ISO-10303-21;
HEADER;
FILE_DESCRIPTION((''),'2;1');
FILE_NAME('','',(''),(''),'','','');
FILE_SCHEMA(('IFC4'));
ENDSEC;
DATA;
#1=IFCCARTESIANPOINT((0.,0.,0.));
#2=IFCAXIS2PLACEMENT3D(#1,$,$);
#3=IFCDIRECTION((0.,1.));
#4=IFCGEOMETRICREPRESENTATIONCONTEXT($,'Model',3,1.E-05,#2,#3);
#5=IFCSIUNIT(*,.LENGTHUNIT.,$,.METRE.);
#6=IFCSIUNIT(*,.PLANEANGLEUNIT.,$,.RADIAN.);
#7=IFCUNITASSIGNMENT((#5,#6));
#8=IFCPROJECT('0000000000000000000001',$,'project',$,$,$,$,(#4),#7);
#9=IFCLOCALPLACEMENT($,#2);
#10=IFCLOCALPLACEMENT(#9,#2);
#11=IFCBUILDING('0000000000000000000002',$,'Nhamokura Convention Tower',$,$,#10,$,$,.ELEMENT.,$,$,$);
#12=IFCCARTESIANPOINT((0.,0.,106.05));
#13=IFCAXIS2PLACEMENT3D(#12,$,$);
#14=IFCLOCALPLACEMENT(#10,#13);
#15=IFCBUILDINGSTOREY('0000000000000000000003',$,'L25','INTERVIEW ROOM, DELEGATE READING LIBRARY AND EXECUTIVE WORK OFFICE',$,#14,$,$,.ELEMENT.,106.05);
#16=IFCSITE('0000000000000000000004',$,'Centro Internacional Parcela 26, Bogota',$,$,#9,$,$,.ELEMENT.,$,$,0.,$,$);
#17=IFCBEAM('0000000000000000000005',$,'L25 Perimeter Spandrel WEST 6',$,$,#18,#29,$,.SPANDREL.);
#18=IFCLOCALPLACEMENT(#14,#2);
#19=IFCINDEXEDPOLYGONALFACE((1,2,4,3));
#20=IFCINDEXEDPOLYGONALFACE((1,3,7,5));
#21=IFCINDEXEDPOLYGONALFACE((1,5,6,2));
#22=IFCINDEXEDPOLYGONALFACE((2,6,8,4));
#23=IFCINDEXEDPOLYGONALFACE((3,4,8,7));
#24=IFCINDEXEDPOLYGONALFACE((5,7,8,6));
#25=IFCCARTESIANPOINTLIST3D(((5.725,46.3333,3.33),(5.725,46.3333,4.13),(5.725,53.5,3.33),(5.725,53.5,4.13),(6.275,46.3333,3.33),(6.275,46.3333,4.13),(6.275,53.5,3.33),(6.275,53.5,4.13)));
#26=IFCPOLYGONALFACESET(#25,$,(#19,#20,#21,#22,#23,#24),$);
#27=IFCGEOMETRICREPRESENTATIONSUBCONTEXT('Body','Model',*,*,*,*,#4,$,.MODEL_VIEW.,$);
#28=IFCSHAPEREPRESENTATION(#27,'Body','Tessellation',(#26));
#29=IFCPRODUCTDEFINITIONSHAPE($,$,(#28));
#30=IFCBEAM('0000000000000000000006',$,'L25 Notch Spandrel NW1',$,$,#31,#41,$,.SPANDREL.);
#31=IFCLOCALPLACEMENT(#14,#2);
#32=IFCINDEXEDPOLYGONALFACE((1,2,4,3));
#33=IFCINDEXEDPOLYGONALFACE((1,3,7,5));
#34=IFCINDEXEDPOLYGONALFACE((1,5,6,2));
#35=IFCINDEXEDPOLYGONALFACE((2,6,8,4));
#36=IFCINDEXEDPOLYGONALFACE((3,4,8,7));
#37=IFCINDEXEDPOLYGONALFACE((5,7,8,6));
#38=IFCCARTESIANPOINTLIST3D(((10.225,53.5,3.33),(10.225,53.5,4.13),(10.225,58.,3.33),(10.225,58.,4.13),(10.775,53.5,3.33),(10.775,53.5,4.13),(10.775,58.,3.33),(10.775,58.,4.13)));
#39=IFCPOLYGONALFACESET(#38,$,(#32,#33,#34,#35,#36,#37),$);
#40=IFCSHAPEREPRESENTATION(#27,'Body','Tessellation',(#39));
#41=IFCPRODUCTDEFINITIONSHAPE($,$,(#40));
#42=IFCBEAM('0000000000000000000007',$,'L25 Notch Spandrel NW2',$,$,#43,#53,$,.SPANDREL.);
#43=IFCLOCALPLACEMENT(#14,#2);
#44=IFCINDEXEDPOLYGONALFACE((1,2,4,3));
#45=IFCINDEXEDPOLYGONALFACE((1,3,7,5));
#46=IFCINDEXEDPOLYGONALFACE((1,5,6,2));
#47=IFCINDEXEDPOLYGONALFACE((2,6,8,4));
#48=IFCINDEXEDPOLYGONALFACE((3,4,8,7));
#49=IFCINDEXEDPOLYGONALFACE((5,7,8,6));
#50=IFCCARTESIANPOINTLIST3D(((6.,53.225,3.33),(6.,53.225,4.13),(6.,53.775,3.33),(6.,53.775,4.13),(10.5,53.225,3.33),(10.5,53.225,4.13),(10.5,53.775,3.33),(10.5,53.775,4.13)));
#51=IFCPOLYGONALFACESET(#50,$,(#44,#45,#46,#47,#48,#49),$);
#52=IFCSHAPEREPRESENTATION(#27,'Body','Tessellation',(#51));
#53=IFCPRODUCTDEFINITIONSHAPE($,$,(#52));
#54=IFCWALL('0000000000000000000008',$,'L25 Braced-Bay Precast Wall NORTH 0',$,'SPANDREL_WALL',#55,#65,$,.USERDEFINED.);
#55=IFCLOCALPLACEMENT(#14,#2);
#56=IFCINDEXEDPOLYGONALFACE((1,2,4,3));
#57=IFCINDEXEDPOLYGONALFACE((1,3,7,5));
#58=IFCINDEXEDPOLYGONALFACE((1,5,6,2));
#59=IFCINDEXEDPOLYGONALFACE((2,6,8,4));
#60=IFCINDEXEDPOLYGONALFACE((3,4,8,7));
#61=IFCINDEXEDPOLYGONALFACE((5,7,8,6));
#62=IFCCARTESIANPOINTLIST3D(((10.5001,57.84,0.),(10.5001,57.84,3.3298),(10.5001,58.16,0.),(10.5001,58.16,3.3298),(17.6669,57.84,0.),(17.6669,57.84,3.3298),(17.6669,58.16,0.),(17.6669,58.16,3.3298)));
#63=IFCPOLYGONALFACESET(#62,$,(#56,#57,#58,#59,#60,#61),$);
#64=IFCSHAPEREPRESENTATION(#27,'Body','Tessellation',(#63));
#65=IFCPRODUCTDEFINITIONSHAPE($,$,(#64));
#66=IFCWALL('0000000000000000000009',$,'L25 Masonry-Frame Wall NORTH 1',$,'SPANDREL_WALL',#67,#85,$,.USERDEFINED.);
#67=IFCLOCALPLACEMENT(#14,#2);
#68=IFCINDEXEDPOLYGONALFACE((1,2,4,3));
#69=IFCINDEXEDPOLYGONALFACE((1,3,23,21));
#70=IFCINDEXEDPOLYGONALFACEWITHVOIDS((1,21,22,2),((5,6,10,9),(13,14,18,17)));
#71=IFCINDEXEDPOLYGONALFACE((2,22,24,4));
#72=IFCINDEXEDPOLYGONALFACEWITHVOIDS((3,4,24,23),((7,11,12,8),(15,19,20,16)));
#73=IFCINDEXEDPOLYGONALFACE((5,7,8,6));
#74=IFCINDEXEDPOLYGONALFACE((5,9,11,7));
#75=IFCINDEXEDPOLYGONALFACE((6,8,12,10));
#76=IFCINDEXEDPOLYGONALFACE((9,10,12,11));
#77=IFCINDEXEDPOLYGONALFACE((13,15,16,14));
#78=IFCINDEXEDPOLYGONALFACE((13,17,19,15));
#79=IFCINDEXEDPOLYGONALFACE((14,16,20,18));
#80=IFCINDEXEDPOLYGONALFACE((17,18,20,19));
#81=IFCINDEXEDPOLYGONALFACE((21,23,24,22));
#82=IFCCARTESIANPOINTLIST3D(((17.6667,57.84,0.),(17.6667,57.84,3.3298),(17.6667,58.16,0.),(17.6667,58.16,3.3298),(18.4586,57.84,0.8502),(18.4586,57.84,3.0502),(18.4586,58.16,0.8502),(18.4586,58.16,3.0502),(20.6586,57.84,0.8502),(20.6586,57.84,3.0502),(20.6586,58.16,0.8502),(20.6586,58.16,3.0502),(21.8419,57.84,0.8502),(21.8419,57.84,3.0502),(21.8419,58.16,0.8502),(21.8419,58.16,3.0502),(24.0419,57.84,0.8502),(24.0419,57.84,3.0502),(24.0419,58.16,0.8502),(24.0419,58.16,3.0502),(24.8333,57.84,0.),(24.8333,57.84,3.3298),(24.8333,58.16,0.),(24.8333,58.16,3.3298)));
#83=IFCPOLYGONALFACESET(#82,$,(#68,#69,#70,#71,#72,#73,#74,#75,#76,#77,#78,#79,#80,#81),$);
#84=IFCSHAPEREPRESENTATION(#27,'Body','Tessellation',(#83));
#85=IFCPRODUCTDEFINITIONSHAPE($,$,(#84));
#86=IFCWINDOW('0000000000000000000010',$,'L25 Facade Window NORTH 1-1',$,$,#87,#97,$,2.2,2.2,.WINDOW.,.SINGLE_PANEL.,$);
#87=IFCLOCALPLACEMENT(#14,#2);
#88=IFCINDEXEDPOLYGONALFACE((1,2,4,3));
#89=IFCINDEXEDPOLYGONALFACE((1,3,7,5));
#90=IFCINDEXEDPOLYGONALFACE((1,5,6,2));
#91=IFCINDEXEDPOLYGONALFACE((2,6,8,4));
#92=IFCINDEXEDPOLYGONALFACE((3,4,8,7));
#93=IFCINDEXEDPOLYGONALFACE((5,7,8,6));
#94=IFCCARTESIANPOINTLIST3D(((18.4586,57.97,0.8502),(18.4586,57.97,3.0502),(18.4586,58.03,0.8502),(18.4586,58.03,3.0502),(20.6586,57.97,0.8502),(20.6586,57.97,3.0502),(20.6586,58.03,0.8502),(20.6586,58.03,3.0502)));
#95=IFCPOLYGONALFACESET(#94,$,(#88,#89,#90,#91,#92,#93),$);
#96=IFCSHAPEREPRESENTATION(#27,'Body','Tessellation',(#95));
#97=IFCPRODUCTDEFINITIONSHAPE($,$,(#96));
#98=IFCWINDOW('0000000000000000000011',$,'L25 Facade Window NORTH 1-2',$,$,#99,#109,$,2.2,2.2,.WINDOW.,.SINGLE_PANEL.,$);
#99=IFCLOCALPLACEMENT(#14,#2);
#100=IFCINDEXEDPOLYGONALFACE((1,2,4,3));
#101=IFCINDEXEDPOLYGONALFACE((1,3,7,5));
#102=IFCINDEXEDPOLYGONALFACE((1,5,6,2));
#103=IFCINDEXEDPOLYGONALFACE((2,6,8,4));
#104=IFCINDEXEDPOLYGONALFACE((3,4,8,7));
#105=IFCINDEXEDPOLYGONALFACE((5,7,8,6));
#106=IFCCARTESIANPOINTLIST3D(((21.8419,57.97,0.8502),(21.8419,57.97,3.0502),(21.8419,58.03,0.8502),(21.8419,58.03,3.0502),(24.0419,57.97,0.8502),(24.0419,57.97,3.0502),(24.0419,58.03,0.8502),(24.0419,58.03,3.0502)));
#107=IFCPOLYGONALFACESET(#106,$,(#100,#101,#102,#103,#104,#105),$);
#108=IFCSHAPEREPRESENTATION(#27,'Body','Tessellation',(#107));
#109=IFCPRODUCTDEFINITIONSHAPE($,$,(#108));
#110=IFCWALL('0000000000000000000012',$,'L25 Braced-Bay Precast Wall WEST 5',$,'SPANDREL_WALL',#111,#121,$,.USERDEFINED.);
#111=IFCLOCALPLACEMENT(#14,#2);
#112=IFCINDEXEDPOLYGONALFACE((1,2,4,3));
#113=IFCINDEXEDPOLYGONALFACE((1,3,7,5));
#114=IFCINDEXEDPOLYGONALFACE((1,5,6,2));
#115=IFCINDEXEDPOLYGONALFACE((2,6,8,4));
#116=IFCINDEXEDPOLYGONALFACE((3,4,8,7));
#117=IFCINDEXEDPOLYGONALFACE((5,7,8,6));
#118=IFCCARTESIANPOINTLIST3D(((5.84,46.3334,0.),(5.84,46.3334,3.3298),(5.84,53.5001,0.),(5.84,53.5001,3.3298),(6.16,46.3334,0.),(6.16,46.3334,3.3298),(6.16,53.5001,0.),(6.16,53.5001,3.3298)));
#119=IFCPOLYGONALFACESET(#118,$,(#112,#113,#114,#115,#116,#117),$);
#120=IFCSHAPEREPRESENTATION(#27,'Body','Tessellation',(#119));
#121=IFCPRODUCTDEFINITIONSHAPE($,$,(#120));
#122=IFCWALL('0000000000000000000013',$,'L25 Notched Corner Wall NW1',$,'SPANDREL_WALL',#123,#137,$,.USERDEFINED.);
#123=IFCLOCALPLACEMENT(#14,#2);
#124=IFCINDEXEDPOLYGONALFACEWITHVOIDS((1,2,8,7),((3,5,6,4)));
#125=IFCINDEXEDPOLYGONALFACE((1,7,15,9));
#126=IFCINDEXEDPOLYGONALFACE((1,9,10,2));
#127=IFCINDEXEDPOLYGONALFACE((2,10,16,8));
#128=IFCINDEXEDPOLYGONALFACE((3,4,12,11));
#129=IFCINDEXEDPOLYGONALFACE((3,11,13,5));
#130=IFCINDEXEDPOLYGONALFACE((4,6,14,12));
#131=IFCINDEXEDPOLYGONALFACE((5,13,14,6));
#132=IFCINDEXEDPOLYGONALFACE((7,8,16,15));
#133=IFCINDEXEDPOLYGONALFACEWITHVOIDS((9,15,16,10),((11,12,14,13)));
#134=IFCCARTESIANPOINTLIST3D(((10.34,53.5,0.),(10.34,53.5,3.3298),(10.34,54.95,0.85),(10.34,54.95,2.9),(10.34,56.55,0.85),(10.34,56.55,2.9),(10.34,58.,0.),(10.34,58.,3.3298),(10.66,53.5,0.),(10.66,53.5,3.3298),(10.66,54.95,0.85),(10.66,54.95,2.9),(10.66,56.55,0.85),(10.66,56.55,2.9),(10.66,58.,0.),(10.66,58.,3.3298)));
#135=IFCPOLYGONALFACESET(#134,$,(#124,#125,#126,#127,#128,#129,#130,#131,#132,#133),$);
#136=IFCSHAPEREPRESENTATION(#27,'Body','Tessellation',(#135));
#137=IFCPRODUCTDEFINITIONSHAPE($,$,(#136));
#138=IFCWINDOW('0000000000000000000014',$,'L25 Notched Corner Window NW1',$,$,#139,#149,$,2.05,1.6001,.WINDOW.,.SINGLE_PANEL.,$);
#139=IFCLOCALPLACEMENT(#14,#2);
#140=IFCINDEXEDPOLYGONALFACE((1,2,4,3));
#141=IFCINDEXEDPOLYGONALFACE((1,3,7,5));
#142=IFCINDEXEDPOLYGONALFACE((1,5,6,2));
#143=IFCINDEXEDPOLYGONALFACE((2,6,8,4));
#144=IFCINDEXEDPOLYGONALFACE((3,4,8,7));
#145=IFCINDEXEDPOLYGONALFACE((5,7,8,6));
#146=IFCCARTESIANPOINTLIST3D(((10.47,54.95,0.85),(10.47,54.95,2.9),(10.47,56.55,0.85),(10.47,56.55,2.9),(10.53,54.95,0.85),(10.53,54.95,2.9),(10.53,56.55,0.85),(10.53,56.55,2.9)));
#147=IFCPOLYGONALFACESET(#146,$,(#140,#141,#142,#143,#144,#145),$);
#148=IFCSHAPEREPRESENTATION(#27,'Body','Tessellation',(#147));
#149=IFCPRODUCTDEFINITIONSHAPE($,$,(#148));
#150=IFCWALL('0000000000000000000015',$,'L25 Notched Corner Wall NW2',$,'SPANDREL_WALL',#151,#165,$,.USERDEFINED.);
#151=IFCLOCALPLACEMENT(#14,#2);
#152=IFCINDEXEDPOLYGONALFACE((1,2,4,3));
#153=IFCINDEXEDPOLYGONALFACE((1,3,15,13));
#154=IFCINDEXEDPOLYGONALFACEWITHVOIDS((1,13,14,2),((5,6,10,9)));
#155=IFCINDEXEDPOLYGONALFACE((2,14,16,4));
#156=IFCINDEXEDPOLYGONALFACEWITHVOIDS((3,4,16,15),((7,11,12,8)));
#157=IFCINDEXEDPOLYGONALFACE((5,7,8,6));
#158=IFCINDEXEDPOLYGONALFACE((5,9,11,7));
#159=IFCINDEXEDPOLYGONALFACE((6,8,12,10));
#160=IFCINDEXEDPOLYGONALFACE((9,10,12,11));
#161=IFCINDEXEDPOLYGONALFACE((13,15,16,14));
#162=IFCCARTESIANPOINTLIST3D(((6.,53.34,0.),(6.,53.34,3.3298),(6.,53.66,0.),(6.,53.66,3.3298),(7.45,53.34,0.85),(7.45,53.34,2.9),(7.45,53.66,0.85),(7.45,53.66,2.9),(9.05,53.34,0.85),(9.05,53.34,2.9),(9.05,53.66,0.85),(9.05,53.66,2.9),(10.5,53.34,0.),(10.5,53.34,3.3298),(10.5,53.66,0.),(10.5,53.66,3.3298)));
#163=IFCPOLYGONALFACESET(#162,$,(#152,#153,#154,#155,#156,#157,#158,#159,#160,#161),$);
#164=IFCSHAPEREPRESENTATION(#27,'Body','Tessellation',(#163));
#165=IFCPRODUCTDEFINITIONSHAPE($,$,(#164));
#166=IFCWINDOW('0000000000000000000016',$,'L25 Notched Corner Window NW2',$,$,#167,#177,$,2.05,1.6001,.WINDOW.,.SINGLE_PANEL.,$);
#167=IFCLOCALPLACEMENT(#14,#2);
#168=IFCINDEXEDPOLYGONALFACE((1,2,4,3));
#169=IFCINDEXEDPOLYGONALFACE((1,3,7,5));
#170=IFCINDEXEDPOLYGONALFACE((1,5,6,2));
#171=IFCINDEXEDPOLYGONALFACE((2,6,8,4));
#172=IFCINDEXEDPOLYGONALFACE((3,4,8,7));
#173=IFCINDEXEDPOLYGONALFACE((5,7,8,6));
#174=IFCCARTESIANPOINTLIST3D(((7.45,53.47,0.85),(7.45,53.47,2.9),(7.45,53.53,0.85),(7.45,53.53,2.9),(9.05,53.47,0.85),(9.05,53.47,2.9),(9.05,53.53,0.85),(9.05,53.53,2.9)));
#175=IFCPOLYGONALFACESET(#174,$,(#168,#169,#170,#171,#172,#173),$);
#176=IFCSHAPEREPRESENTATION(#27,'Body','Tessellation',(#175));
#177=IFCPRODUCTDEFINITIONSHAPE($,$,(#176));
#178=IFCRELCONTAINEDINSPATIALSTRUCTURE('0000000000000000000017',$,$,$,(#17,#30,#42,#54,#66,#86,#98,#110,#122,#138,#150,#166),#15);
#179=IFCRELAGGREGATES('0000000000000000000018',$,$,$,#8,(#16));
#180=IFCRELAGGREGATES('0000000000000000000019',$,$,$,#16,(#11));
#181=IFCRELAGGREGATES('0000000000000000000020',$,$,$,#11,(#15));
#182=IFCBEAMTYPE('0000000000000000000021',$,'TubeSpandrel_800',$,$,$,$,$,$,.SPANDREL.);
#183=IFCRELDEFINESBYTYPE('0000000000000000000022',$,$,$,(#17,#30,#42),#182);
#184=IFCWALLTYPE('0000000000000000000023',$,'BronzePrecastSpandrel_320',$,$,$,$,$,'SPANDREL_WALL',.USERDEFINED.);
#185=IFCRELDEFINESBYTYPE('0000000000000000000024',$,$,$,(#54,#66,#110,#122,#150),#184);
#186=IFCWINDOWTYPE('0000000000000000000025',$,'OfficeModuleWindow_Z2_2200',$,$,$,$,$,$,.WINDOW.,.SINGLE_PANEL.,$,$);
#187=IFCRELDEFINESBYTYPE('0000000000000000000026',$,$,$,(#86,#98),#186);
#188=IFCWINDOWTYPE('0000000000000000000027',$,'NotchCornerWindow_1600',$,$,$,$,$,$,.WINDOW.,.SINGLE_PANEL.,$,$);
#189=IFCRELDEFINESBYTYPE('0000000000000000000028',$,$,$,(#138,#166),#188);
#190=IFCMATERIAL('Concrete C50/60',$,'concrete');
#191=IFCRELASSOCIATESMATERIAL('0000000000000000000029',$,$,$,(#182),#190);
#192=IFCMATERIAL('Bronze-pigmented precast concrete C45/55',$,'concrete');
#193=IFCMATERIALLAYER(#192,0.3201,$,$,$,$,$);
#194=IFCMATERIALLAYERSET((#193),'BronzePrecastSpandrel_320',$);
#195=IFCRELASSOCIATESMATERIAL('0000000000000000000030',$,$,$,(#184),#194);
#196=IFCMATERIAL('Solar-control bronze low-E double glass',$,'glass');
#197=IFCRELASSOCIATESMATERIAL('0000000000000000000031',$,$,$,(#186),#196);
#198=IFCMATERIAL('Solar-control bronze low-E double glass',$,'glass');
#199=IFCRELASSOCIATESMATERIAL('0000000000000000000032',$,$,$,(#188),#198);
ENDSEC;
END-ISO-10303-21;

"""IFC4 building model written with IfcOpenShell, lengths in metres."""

from ifc_helpers import new_model, si_unit, direction, frame, frame_2d, origin, origin_2d, place, context, subcontext, project, spatial, rectangle, extrude, material, layer, layer_set, material_profile, profile_set, type_object, element, fill, save


model = new_model("IFC4")

# Units and contexts
model_context = context("Model", 3, precision=1e-05, world=origin(), true_north=direction((0.0, 1.0)))
body_context = subcontext(model_context, "Body", "Model", "MODEL_VIEW")
ifc_project = project(units=[si_unit("LENGTHUNIT", "METRE"), si_unit("PLANEANGLEUNIT", "RADIAN")], contexts=[model_context])

# Site, building, storey
site_placement = place(None, origin())
site = spatial("IfcSite", under=ifc_project, at=site_placement, Name="Centro Internacional Parcela 26, Bogota", CompositionType="ELEMENT", RefElevation=0.0)
building_placement = place(site_placement, origin())
building = spatial("IfcBuilding", under=site, at=building_placement, Name="Nhamokura Convention Tower", CompositionType="ELEMENT")
storey_placement = place(building_placement, frame((0.0, 0.0, 106.05)))
storey = spatial("IfcBuildingStorey", under=building, at=storey_placement, Name="L25", Description="INTERVIEW ROOM, DELEGATE READING LIBRARY AND EXECUTIVE WORK OFFICE", CompositionType="ELEMENT", Elevation=106.05)

# Beams
ifc_material_1 = material(Name="Concrete C50/60", Category="concrete")
ifc_material_profile_1 = material_profile(ifc_material_1, rectangle(XDim=0.55, YDim=0.8, at=origin_2d()))
ifc_profile_set_1 = profile_set([ifc_material_profile_1], Name="Concrete C50/60")
beam_type_1 = type_object("IfcBeamType", Name="TubeSpandrel_800", PredefinedType="SPANDREL", material=ifc_profile_set_1)
beam_1_placement = place(storey_placement, frame((6.0, 46.3333, 3.73), z_axis=(0.0, 1.0, 0.0), x_axis=(-1.0, 0.0, 0.0)))
element("IfcBeam", 1, at=beam_1_placement, inside=storey, type_object=beam_type_1, Name="L25 Perimeter Spandrel WEST 6", PredefinedType="SPANDREL", context=body_context, shape_type="SweptSolid", body=[
    extrude(rectangle(XDim=0.55, YDim=0.8, at=origin_2d()), origin(), (0.0, 0.0, 1.0), 7.1667),
])
for number, where, z_axis, x_axis, name in (
    (2, (10.5, 58.0, 3.73), (0.0, -1.0, 0.0), (1.0, 0.0, 0.0), "L25 Notch Spandrel NW1"),
    (3, (10.5, 53.5, 3.73), (-1.0, 0.0, 0.0), (0.0, -1.0, 0.0), "L25 Notch Spandrel NW2"),
):
    element("IfcBeam", number, at=place(storey_placement, frame(where, z_axis=z_axis, x_axis=x_axis)), inside=storey, type_object=beam_type_1, Name=name, PredefinedType="SPANDREL", context=body_context, shape_type="SweptSolid", body=[
        extrude(rectangle(XDim=0.55, YDim=0.8, at=origin_2d()), origin(), (0.0, 0.0, 1.0), 4.5),
    ])

# Wall
ifc_material_2 = material(Name="Bronze-pigmented precast concrete C45/55", Category="concrete")
ifc_layer_1 = layer(ifc_material_2, 0.3201)
ifc_layer_set_1 = layer_set([ifc_layer_1], Name="BronzePrecastSpandrel_320")
wall_type_1 = type_object("IfcWallType", Name="BronzePrecastSpandrel_320", ElementType="SPANDREL_WALL", PredefinedType="USERDEFINED", material=ifc_layer_set_1)
wall_1_placement = place(storey_placement, frame((10.5, 58.0, 0.0), z_axis=(0.0, 0.0, 1.0), x_axis=(1.0, 0.0, 0.0)))
element("IfcWall", 4, at=wall_1_placement, inside=storey, type_object=wall_type_1, Name="L25 Braced-Bay Precast Wall NORTH 0", ObjectType="SPANDREL_WALL", PredefinedType="USERDEFINED", context=body_context, shape_type="SweptSolid", body=[
    extrude(rectangle(XDim=7.1667, YDim=0.3201, at=frame_2d((3.5835, 0.0))), origin(), (0.0, 0.0, 1.0), 3.3298),
])

# Wall, openings, windows
wall_2_placement = place(storey_placement, frame((17.6667, 58.0, 0.0), z_axis=(0.0, 0.0, 1.0), x_axis=(1.0, 0.0, 0.0)))
wall_2 = element("IfcWall", 5, at=wall_2_placement, inside=storey, type_object=wall_type_1, Name="L25 Masonry-Frame Wall NORTH 1", ObjectType="SPANDREL_WALL", PredefinedType="USERDEFINED", context=body_context, shape_type="SweptSolid", body=[
    extrude(rectangle(XDim=7.1665, YDim=0.3201, at=frame_2d((3.5833, 0.0))), origin(), (0.0, 0.0, 1.0), 3.3298),
])
opening_1_placement = place(wall_2_placement, frame((0.7917, 0.0, 0.8501)))
opening_1 = element("IfcOpeningElement", 6, at=opening_1_placement, cuts=wall_2, PredefinedType="OPENING", context=body_context, shape_type="SweptSolid", body=[
    extrude(rectangle(XDim=2.2, YDim=2.2, at=frame_2d((1.1001, 1.1001))), frame((0.0, 0.1699, 0.0), z_axis=(0.0, -1.0, 0.0), x_axis=(1.0, 0.0, 0.0)), (0.0, 0.0, 1.0), 0.3401),
])
opening_2_placement = place(wall_2_placement, frame((4.175, 0.0, 0.8501)))
opening_2 = element("IfcOpeningElement", 7, at=opening_2_placement, cuts=wall_2, PredefinedType="OPENING", context=body_context, shape_type="SweptSolid", body=[
    extrude(rectangle(XDim=2.2, YDim=2.2, at=frame_2d((1.1001, 1.1001))), frame((0.0, 0.1699, 0.0), z_axis=(0.0, -1.0, 0.0), x_axis=(1.0, 0.0, 0.0)), (0.0, 0.0, 1.0), 0.3401),
])
ifc_material_3 = material(Name="Solar-control bronze low-E double glass", Category="glass")
window_type_1 = type_object("IfcWindowType", Name="OfficeModuleWindow_Z2_2200", PartitioningType="SINGLE_PANEL", PredefinedType="WINDOW", material=ifc_material_3)
window_1_placement = place(opening_1_placement, origin())
window_1 = element("IfcWindow", 8, at=window_1_placement, inside=storey, type_object=window_type_1, Name="L25 Facade Window NORTH 1-1", OverallHeight=2.2, OverallWidth=2.2, PartitioningType="SINGLE_PANEL", PredefinedType="WINDOW", context=body_context, shape_type="SweptSolid", body=[
    extrude(rectangle(XDim=2.2, YDim=2.2, at=frame_2d((1.1001, 1.1001))), frame((0.0, 0.03, 0.0), z_axis=(0.0, -1.0, 0.0), x_axis=(1.0, 0.0, 0.0)), (0.0, 0.0, 1.0), 0.0601),
])
fill(opening_1, window_1)
window_2_placement = place(opening_2_placement, origin())
window_2 = element("IfcWindow", 9, at=window_2_placement, inside=storey, type_object=window_type_1, Name="L25 Facade Window NORTH 1-2", OverallHeight=2.2, OverallWidth=2.2, PartitioningType="SINGLE_PANEL", PredefinedType="WINDOW", context=body_context, shape_type="SweptSolid", body=[
    extrude(rectangle(XDim=2.2, YDim=2.2, at=frame_2d((1.1001, 1.1001))), frame((0.0, 0.03, 0.0), z_axis=(0.0, -1.0, 0.0), x_axis=(1.0, 0.0, 0.0)), (0.0, 0.0, 1.0), 0.0601),
])
fill(opening_2, window_2)

# Wall
wall_3_placement = place(storey_placement, frame((6.0, 46.3333, 0.0), z_axis=(0.0, 0.0, 1.0), x_axis=(0.0, 1.0, 0.0)))
element("IfcWall", 10, at=wall_3_placement, inside=storey, type_object=wall_type_1, Name="L25 Braced-Bay Precast Wall WEST 5", ObjectType="SPANDREL_WALL", PredefinedType="USERDEFINED", context=body_context, shape_type="SweptSolid", body=[
    extrude(rectangle(XDim=7.1667, YDim=0.3201, at=frame_2d((3.5835, 0.0))), origin(), (0.0, 0.0, 1.0), 3.3298),
])

# Walls, openings, windows
wall_4_placement = place(storey_placement, frame((10.5, 53.5, 0.0), z_axis=(0.0, 0.0, 1.0), x_axis=(0.0, 1.0, 0.0)))
wall_4 = element("IfcWall", 11, at=wall_4_placement, inside=storey, type_object=wall_type_1, Name="L25 Notched Corner Wall NW1", ObjectType="SPANDREL_WALL", PredefinedType="USERDEFINED", context=body_context, shape_type="SweptSolid", body=[
    extrude(rectangle(XDim=4.5, YDim=0.3201, at=frame_2d((2.25, 0.0))), origin(), (0.0, 0.0, 1.0), 3.3298),
])
opening_3_placement = place(wall_4_placement, frame((1.45, 0.0, 0.8501)))
opening_3 = element("IfcOpeningElement", 12, at=opening_3_placement, cuts=wall_4, PredefinedType="OPENING", context=body_context, shape_type="SweptSolid", body=[
    extrude(rectangle(XDim=1.6001, YDim=2.05, at=frame_2d((0.8, 1.0249))), frame((0.0, 0.1699, 0.0), z_axis=(0.0, -1.0, 0.0), x_axis=(1.0, 0.0, 0.0)), (0.0, 0.0, 1.0), 0.3401),
])
ifc_material_4 = material(Name="Solar-control bronze low-E double glass", Category="glass")
window_type_2 = type_object("IfcWindowType", Name="NotchCornerWindow_1600", PartitioningType="SINGLE_PANEL", PredefinedType="WINDOW", material=ifc_material_4)
window_3_placement = place(opening_3_placement, origin())
window_3 = element("IfcWindow", 13, at=window_3_placement, inside=storey, type_object=window_type_2, Name="L25 Notched Corner Window NW1", OverallHeight=2.05, OverallWidth=1.6001, PartitioningType="SINGLE_PANEL", PredefinedType="WINDOW", context=body_context, shape_type="SweptSolid", body=[
    extrude(rectangle(XDim=1.6001, YDim=2.05, at=frame_2d((0.8, 1.0249))), frame((0.0, 0.03, 0.0), z_axis=(0.0, -1.0, 0.0), x_axis=(1.0, 0.0, 0.0)), (0.0, 0.0, 1.0), 0.0601),
])
fill(opening_3, window_3)
wall_5_placement = place(storey_placement, frame((6.0, 53.5, 0.0), z_axis=(0.0, 0.0, 1.0), x_axis=(1.0, 0.0, 0.0)))
wall_5 = element("IfcWall", 14, at=wall_5_placement, inside=storey, type_object=wall_type_1, Name="L25 Notched Corner Wall NW2", ObjectType="SPANDREL_WALL", PredefinedType="USERDEFINED", context=body_context, shape_type="SweptSolid", body=[
    extrude(rectangle(XDim=4.5, YDim=0.3201, at=frame_2d((2.25, 0.0))), origin(), (0.0, 0.0, 1.0), 3.3298),
])
opening_4_placement = place(wall_5_placement, frame((1.45, 0.0, 0.8501)))
opening_4 = element("IfcOpeningElement", 15, at=opening_4_placement, cuts=wall_5, PredefinedType="OPENING", context=body_context, shape_type="SweptSolid", body=[
    extrude(rectangle(XDim=1.6001, YDim=2.05, at=frame_2d((0.8, 1.0249))), frame((0.0, 0.1699, 0.0), z_axis=(0.0, -1.0, 0.0), x_axis=(1.0, 0.0, 0.0)), (0.0, 0.0, 1.0), 0.3401),
])
window_4_placement = place(opening_4_placement, origin())
window_4 = element("IfcWindow", 16, at=window_4_placement, inside=storey, type_object=window_type_2, Name="L25 Notched Corner Window NW2", OverallHeight=2.05, OverallWidth=1.6001, PartitioningType="SINGLE_PANEL", PredefinedType="WINDOW", context=body_context, shape_type="SweptSolid", body=[
    extrude(rectangle(XDim=1.6001, YDim=2.05, at=frame_2d((0.8, 1.0249))), frame((0.0, 0.03, 0.0), z_axis=(0.0, -1.0, 0.0), x_axis=(1.0, 0.0, 0.0)), (0.0, 0.0, 1.0), 0.0601),
])
fill(opening_4, window_4)

save(model, "model.ifc")
